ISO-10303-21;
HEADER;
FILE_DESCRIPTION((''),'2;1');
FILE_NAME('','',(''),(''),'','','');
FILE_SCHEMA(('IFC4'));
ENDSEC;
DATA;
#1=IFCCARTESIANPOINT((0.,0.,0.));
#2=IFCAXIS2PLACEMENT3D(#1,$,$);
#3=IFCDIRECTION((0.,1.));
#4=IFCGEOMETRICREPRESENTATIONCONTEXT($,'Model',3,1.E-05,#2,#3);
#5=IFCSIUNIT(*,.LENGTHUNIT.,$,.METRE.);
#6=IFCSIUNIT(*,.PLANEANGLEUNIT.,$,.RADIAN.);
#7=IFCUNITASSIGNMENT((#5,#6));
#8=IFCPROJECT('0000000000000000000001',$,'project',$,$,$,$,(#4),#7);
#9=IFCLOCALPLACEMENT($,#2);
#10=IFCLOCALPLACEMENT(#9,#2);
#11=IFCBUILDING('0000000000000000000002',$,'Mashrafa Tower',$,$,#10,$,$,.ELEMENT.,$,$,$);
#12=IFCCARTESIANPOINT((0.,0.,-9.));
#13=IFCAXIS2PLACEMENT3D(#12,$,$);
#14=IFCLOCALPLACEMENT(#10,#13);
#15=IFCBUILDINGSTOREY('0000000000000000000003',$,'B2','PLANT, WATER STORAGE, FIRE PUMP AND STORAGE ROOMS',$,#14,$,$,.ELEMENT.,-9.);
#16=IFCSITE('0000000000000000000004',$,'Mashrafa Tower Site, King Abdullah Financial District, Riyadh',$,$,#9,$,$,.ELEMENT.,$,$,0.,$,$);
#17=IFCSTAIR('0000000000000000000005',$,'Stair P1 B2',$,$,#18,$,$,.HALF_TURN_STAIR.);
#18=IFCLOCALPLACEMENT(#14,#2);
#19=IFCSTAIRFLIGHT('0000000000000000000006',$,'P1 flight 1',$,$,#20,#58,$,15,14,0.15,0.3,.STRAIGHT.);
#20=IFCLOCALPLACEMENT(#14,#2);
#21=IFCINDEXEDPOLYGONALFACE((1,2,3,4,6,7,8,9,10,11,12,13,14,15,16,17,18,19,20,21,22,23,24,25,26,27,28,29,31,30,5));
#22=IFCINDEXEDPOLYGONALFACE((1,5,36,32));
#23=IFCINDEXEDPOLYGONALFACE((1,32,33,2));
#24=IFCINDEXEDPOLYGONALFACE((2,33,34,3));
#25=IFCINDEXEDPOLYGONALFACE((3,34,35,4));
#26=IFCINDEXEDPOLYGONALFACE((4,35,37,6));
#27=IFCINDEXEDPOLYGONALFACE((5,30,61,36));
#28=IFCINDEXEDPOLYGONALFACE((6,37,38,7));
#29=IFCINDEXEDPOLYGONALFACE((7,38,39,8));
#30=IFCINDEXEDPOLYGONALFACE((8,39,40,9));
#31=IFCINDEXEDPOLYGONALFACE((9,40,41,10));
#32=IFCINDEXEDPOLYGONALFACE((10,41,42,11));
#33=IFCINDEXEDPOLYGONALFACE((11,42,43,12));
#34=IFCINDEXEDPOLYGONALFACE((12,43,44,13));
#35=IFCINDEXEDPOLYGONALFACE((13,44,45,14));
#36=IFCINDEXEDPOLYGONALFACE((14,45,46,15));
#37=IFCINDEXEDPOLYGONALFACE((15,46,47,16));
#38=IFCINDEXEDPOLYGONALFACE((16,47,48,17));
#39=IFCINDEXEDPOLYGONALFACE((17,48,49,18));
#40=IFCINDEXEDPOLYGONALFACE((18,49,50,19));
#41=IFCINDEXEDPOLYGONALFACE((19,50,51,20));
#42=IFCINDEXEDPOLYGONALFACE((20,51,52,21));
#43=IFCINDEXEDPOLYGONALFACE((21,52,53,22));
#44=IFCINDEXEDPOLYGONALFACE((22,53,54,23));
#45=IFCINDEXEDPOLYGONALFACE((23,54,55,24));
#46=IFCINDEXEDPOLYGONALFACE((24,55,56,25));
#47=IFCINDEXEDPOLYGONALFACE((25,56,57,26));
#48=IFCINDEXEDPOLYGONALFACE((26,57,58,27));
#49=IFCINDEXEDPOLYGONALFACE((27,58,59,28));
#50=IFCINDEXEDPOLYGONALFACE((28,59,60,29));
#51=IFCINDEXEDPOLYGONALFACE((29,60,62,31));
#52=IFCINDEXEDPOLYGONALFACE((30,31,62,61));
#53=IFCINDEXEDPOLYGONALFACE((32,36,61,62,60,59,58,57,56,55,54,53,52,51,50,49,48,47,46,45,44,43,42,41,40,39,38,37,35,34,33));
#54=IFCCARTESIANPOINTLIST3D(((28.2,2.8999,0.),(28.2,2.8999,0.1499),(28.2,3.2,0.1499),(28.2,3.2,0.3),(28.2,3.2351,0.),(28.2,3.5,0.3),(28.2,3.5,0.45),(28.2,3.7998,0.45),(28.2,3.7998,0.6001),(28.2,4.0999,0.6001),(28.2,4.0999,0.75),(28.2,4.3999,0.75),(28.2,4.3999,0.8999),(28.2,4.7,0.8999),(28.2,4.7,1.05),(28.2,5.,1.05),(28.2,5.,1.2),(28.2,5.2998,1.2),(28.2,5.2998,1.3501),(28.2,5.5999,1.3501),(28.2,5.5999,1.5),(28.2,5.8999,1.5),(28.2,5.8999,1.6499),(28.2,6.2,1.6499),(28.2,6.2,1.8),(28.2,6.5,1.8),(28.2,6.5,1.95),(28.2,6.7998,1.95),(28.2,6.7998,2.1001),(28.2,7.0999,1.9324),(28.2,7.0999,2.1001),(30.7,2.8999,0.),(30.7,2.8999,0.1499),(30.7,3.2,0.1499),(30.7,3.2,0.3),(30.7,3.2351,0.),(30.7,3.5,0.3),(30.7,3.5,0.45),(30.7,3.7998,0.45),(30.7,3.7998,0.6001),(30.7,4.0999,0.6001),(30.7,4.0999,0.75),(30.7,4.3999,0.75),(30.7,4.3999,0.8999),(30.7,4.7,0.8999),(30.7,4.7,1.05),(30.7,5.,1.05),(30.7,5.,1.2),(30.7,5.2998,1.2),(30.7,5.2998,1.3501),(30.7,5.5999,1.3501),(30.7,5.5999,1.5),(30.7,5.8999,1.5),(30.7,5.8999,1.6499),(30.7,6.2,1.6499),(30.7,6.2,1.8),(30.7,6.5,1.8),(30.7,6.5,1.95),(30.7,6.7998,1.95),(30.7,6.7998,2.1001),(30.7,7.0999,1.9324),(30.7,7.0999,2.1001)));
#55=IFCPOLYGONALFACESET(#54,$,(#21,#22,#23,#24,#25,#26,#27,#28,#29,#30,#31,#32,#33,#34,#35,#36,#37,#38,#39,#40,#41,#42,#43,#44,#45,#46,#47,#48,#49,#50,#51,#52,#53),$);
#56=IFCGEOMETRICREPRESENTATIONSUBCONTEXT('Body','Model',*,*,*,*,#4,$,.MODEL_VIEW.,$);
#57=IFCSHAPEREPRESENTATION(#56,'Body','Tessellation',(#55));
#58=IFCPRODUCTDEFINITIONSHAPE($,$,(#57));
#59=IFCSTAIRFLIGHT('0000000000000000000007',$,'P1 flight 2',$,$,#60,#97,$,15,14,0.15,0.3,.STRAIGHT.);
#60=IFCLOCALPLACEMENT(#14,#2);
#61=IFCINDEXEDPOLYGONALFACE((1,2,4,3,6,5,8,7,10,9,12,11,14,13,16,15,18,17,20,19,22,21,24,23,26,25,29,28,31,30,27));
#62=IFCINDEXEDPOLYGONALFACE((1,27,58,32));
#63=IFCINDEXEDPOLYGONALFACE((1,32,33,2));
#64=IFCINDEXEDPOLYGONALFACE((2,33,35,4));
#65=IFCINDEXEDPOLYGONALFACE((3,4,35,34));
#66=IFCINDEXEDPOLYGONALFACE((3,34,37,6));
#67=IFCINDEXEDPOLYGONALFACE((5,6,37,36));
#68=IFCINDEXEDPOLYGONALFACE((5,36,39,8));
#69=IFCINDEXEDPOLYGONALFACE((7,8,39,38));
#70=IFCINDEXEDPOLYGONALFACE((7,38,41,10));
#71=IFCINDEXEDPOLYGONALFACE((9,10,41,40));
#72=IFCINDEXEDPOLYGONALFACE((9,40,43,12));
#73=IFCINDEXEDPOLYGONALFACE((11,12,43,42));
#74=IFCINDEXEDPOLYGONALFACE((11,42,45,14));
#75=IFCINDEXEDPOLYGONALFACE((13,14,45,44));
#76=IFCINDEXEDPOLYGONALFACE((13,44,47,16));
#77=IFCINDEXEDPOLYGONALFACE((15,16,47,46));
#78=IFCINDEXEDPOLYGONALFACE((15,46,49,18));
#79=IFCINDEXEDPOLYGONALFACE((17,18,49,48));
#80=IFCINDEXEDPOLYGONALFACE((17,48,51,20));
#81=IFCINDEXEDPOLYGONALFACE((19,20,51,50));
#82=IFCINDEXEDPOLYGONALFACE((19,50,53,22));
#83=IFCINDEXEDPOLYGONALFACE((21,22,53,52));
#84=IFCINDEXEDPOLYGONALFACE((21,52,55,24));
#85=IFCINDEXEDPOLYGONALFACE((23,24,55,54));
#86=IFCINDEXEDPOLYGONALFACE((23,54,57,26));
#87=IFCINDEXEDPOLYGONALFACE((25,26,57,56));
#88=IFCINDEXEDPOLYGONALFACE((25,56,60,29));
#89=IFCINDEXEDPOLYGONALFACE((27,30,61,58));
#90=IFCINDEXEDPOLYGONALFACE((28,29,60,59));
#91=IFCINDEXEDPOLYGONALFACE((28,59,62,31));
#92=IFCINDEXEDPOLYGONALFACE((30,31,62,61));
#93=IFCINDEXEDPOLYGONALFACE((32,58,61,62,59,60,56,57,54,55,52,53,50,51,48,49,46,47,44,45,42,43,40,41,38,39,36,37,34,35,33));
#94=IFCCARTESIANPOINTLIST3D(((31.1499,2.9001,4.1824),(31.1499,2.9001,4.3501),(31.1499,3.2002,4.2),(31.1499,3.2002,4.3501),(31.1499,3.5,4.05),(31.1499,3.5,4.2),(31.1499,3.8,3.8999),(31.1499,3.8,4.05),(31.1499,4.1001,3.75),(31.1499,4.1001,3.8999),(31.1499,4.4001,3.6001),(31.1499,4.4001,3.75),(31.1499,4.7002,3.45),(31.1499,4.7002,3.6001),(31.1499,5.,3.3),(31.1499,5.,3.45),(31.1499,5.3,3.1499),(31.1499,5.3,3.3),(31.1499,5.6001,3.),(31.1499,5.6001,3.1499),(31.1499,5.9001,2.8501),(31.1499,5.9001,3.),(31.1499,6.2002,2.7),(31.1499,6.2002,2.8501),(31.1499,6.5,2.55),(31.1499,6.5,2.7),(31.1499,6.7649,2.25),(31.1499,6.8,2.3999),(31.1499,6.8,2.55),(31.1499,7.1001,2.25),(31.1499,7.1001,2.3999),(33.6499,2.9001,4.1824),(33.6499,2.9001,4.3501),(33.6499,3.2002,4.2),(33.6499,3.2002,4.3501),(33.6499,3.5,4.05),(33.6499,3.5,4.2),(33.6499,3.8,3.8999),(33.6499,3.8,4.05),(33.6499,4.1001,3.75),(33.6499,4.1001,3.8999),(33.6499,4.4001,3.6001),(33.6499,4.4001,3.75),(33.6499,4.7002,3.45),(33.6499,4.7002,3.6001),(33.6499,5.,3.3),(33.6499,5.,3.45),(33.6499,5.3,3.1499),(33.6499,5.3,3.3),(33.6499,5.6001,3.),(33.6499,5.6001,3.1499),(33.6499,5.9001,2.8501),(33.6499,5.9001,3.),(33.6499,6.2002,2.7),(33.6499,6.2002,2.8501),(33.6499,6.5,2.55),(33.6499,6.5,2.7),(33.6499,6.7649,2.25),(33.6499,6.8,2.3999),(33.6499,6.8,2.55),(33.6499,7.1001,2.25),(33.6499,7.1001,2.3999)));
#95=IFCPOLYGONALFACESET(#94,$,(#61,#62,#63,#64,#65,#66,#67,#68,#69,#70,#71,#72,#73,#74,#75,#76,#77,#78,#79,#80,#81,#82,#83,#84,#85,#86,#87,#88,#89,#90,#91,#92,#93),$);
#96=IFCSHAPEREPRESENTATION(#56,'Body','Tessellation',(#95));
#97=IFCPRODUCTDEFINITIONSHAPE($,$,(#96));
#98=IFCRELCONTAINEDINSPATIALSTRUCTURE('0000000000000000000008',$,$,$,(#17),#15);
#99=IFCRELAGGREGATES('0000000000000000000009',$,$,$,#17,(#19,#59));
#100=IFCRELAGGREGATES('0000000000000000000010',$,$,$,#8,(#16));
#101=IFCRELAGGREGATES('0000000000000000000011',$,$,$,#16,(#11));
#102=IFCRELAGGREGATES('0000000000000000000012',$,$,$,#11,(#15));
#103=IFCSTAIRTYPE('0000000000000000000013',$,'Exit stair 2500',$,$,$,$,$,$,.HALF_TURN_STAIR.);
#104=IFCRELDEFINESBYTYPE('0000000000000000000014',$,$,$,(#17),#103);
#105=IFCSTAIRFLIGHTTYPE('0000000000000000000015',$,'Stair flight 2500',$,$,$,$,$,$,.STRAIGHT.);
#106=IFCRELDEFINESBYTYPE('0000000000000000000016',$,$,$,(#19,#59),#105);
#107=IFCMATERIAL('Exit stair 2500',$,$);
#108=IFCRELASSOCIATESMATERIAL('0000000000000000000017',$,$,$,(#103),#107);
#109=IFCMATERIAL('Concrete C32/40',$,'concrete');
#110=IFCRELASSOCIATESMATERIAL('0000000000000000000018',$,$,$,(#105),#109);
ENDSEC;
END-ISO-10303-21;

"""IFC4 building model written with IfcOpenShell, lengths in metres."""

from ifc_helpers import new_model, si_unit, direction, frame, origin, place, context, subcontext, project, spatial, polyline, outline, extrude, material, type_object, element, aggregate, save


model = new_model("IFC4")

# Units and contexts
model_context = context("Model", 3, precision=1e-05, world=origin(), true_north=direction((0.0, 1.0)))
body_context = subcontext(model_context, "Body", "Model", "MODEL_VIEW")
ifc_project = project(units=[si_unit("LENGTHUNIT", "METRE"), si_unit("PLANEANGLEUNIT", "RADIAN")], contexts=[model_context])

# Site, building, storey
site_placement = place(None, origin())
site = spatial("IfcSite", under=ifc_project, at=site_placement, Name="Mashrafa Tower Site, King Abdullah Financial District, Riyadh", CompositionType="ELEMENT", RefElevation=0.0)
building_placement = place(site_placement, origin())
building = spatial("IfcBuilding", under=site, at=building_placement, Name="Mashrafa Tower", CompositionType="ELEMENT")
storey_placement = place(building_placement, frame((0.0, 0.0, -9.0)))
storey = spatial("IfcBuildingStorey", under=building, at=storey_placement, Name="B2", Description="PLANT, WATER STORAGE, FIRE PUMP AND STORAGE ROOMS", CompositionType="ELEMENT", Elevation=-9.0)

# Stair, stair flights
ifc_material_1 = material(Name="Exit stair 2500")
stair_type = type_object("IfcStairType", Name="Exit stair 2500", PredefinedType="HALF_TURN_STAIR", material=ifc_material_1)
stair_placement = place(storey_placement, origin())
stair = element("IfcStair", 1, at=stair_placement, inside=storey, type_object=stair_type, Name="Stair P1 B2", PredefinedType="HALF_TURN_STAIR")
ifc_material_2 = material(Name="Concrete C32/40", Category="concrete")
stair_flight_type = type_object("IfcStairFlightType", Name="Stair flight 2500", PredefinedType="STRAIGHT", material=ifc_material_2)
stair_flight_1_placement = place(storey_placement, frame((29.45, 2.8999, 0.0), z_axis=(0.0, 0.0, 1.0), x_axis=(0.0, 1.0, 0.0)))
stair_flight_1 = element("IfcStairFlight", 2, at=stair_flight_1_placement, type_object=stair_flight_type, Name="P1 flight 1", NumberOfRisers=15, NumberOfTreads=14, PredefinedType="STRAIGHT", RiserHeight=0.15, TreadLength=0.3, context=body_context, shape_type="SweptSolid", body=[
    extrude(outline(polyline([(0.0, 0.0), (0.0, 0.1499), (0.3, 0.1499), (0.3, 0.3), (0.6001, 0.3), (0.6001, 0.45), (0.8999, 0.45), (0.8999, 0.6001), (1.2, 0.6001), (1.2, 0.75), (1.5, 0.75), (1.5, 0.8999), (1.8, 0.8999), (1.8, 1.05), (2.1001, 1.05), (2.1001, 1.2), (2.3999, 1.2), (2.3999, 1.3501), (2.7, 1.3501), (2.7, 1.5), (3.0, 1.5), (3.0, 1.6499), (3.3, 1.6499), (3.3, 1.8), (3.6001, 1.8), (3.6001, 1.95), (3.8999, 1.95), (3.8999, 2.1001), (4.2, 2.1001), (4.2, 2.25), (4.2, 1.9324), (0.3352, 0.0), (0.0, 0.0)])), frame((0.0, 1.25, 0.0), z_axis=(0.0, -1.0, 0.0), x_axis=(1.0, 0.0, 0.0)), (0.0, 0.0, 1.0), 2.5),
])
stair_flight_2_placement = place(storey_placement, frame((32.3999, 7.1001, 2.25), z_axis=(0.0, 0.0, 1.0), x_axis=(0.0, -1.0, 0.0)))
stair_flight_2 = element("IfcStairFlight", 3, at=stair_flight_2_placement, type_object=stair_flight_type, Name="P1 flight 2", NumberOfRisers=15, NumberOfTreads=14, PredefinedType="STRAIGHT", RiserHeight=0.15, TreadLength=0.3, context=body_context, shape_type="SweptSolid", body=[
    extrude(outline(polyline([(0.0, 0.0), (0.0, 0.1499), (0.3, 0.1499), (0.3, 0.3), (0.6001, 0.3), (0.6001, 0.45), (0.8999, 0.45), (0.8999, 0.6001), (1.2, 0.6001), (1.2, 0.75), (1.5, 0.75), (1.5, 0.8999), (1.8, 0.8999), (1.8, 1.05), (2.1001, 1.05), (2.1001, 1.2), (2.3999, 1.2), (2.3999, 1.3501), (2.7, 1.3501), (2.7, 1.5), (3.0, 1.5), (3.0, 1.6499), (3.3, 1.6499), (3.3, 1.8), (3.6001, 1.8), (3.6001, 1.95), (3.8999, 1.95), (3.8999, 2.1001), (4.2, 2.1001), (4.2, 2.25), (4.2, 1.9324), (0.3352, 0.0), (0.0, 0.0)])), frame((0.0, 1.25, 0.0), z_axis=(0.0, -1.0, 0.0), x_axis=(1.0, 0.0, 0.0)), (0.0, 0.0, 1.0), 2.5),
])
aggregate(stair, [stair_flight_1, stair_flight_2])

save(model, "model.ifc")
